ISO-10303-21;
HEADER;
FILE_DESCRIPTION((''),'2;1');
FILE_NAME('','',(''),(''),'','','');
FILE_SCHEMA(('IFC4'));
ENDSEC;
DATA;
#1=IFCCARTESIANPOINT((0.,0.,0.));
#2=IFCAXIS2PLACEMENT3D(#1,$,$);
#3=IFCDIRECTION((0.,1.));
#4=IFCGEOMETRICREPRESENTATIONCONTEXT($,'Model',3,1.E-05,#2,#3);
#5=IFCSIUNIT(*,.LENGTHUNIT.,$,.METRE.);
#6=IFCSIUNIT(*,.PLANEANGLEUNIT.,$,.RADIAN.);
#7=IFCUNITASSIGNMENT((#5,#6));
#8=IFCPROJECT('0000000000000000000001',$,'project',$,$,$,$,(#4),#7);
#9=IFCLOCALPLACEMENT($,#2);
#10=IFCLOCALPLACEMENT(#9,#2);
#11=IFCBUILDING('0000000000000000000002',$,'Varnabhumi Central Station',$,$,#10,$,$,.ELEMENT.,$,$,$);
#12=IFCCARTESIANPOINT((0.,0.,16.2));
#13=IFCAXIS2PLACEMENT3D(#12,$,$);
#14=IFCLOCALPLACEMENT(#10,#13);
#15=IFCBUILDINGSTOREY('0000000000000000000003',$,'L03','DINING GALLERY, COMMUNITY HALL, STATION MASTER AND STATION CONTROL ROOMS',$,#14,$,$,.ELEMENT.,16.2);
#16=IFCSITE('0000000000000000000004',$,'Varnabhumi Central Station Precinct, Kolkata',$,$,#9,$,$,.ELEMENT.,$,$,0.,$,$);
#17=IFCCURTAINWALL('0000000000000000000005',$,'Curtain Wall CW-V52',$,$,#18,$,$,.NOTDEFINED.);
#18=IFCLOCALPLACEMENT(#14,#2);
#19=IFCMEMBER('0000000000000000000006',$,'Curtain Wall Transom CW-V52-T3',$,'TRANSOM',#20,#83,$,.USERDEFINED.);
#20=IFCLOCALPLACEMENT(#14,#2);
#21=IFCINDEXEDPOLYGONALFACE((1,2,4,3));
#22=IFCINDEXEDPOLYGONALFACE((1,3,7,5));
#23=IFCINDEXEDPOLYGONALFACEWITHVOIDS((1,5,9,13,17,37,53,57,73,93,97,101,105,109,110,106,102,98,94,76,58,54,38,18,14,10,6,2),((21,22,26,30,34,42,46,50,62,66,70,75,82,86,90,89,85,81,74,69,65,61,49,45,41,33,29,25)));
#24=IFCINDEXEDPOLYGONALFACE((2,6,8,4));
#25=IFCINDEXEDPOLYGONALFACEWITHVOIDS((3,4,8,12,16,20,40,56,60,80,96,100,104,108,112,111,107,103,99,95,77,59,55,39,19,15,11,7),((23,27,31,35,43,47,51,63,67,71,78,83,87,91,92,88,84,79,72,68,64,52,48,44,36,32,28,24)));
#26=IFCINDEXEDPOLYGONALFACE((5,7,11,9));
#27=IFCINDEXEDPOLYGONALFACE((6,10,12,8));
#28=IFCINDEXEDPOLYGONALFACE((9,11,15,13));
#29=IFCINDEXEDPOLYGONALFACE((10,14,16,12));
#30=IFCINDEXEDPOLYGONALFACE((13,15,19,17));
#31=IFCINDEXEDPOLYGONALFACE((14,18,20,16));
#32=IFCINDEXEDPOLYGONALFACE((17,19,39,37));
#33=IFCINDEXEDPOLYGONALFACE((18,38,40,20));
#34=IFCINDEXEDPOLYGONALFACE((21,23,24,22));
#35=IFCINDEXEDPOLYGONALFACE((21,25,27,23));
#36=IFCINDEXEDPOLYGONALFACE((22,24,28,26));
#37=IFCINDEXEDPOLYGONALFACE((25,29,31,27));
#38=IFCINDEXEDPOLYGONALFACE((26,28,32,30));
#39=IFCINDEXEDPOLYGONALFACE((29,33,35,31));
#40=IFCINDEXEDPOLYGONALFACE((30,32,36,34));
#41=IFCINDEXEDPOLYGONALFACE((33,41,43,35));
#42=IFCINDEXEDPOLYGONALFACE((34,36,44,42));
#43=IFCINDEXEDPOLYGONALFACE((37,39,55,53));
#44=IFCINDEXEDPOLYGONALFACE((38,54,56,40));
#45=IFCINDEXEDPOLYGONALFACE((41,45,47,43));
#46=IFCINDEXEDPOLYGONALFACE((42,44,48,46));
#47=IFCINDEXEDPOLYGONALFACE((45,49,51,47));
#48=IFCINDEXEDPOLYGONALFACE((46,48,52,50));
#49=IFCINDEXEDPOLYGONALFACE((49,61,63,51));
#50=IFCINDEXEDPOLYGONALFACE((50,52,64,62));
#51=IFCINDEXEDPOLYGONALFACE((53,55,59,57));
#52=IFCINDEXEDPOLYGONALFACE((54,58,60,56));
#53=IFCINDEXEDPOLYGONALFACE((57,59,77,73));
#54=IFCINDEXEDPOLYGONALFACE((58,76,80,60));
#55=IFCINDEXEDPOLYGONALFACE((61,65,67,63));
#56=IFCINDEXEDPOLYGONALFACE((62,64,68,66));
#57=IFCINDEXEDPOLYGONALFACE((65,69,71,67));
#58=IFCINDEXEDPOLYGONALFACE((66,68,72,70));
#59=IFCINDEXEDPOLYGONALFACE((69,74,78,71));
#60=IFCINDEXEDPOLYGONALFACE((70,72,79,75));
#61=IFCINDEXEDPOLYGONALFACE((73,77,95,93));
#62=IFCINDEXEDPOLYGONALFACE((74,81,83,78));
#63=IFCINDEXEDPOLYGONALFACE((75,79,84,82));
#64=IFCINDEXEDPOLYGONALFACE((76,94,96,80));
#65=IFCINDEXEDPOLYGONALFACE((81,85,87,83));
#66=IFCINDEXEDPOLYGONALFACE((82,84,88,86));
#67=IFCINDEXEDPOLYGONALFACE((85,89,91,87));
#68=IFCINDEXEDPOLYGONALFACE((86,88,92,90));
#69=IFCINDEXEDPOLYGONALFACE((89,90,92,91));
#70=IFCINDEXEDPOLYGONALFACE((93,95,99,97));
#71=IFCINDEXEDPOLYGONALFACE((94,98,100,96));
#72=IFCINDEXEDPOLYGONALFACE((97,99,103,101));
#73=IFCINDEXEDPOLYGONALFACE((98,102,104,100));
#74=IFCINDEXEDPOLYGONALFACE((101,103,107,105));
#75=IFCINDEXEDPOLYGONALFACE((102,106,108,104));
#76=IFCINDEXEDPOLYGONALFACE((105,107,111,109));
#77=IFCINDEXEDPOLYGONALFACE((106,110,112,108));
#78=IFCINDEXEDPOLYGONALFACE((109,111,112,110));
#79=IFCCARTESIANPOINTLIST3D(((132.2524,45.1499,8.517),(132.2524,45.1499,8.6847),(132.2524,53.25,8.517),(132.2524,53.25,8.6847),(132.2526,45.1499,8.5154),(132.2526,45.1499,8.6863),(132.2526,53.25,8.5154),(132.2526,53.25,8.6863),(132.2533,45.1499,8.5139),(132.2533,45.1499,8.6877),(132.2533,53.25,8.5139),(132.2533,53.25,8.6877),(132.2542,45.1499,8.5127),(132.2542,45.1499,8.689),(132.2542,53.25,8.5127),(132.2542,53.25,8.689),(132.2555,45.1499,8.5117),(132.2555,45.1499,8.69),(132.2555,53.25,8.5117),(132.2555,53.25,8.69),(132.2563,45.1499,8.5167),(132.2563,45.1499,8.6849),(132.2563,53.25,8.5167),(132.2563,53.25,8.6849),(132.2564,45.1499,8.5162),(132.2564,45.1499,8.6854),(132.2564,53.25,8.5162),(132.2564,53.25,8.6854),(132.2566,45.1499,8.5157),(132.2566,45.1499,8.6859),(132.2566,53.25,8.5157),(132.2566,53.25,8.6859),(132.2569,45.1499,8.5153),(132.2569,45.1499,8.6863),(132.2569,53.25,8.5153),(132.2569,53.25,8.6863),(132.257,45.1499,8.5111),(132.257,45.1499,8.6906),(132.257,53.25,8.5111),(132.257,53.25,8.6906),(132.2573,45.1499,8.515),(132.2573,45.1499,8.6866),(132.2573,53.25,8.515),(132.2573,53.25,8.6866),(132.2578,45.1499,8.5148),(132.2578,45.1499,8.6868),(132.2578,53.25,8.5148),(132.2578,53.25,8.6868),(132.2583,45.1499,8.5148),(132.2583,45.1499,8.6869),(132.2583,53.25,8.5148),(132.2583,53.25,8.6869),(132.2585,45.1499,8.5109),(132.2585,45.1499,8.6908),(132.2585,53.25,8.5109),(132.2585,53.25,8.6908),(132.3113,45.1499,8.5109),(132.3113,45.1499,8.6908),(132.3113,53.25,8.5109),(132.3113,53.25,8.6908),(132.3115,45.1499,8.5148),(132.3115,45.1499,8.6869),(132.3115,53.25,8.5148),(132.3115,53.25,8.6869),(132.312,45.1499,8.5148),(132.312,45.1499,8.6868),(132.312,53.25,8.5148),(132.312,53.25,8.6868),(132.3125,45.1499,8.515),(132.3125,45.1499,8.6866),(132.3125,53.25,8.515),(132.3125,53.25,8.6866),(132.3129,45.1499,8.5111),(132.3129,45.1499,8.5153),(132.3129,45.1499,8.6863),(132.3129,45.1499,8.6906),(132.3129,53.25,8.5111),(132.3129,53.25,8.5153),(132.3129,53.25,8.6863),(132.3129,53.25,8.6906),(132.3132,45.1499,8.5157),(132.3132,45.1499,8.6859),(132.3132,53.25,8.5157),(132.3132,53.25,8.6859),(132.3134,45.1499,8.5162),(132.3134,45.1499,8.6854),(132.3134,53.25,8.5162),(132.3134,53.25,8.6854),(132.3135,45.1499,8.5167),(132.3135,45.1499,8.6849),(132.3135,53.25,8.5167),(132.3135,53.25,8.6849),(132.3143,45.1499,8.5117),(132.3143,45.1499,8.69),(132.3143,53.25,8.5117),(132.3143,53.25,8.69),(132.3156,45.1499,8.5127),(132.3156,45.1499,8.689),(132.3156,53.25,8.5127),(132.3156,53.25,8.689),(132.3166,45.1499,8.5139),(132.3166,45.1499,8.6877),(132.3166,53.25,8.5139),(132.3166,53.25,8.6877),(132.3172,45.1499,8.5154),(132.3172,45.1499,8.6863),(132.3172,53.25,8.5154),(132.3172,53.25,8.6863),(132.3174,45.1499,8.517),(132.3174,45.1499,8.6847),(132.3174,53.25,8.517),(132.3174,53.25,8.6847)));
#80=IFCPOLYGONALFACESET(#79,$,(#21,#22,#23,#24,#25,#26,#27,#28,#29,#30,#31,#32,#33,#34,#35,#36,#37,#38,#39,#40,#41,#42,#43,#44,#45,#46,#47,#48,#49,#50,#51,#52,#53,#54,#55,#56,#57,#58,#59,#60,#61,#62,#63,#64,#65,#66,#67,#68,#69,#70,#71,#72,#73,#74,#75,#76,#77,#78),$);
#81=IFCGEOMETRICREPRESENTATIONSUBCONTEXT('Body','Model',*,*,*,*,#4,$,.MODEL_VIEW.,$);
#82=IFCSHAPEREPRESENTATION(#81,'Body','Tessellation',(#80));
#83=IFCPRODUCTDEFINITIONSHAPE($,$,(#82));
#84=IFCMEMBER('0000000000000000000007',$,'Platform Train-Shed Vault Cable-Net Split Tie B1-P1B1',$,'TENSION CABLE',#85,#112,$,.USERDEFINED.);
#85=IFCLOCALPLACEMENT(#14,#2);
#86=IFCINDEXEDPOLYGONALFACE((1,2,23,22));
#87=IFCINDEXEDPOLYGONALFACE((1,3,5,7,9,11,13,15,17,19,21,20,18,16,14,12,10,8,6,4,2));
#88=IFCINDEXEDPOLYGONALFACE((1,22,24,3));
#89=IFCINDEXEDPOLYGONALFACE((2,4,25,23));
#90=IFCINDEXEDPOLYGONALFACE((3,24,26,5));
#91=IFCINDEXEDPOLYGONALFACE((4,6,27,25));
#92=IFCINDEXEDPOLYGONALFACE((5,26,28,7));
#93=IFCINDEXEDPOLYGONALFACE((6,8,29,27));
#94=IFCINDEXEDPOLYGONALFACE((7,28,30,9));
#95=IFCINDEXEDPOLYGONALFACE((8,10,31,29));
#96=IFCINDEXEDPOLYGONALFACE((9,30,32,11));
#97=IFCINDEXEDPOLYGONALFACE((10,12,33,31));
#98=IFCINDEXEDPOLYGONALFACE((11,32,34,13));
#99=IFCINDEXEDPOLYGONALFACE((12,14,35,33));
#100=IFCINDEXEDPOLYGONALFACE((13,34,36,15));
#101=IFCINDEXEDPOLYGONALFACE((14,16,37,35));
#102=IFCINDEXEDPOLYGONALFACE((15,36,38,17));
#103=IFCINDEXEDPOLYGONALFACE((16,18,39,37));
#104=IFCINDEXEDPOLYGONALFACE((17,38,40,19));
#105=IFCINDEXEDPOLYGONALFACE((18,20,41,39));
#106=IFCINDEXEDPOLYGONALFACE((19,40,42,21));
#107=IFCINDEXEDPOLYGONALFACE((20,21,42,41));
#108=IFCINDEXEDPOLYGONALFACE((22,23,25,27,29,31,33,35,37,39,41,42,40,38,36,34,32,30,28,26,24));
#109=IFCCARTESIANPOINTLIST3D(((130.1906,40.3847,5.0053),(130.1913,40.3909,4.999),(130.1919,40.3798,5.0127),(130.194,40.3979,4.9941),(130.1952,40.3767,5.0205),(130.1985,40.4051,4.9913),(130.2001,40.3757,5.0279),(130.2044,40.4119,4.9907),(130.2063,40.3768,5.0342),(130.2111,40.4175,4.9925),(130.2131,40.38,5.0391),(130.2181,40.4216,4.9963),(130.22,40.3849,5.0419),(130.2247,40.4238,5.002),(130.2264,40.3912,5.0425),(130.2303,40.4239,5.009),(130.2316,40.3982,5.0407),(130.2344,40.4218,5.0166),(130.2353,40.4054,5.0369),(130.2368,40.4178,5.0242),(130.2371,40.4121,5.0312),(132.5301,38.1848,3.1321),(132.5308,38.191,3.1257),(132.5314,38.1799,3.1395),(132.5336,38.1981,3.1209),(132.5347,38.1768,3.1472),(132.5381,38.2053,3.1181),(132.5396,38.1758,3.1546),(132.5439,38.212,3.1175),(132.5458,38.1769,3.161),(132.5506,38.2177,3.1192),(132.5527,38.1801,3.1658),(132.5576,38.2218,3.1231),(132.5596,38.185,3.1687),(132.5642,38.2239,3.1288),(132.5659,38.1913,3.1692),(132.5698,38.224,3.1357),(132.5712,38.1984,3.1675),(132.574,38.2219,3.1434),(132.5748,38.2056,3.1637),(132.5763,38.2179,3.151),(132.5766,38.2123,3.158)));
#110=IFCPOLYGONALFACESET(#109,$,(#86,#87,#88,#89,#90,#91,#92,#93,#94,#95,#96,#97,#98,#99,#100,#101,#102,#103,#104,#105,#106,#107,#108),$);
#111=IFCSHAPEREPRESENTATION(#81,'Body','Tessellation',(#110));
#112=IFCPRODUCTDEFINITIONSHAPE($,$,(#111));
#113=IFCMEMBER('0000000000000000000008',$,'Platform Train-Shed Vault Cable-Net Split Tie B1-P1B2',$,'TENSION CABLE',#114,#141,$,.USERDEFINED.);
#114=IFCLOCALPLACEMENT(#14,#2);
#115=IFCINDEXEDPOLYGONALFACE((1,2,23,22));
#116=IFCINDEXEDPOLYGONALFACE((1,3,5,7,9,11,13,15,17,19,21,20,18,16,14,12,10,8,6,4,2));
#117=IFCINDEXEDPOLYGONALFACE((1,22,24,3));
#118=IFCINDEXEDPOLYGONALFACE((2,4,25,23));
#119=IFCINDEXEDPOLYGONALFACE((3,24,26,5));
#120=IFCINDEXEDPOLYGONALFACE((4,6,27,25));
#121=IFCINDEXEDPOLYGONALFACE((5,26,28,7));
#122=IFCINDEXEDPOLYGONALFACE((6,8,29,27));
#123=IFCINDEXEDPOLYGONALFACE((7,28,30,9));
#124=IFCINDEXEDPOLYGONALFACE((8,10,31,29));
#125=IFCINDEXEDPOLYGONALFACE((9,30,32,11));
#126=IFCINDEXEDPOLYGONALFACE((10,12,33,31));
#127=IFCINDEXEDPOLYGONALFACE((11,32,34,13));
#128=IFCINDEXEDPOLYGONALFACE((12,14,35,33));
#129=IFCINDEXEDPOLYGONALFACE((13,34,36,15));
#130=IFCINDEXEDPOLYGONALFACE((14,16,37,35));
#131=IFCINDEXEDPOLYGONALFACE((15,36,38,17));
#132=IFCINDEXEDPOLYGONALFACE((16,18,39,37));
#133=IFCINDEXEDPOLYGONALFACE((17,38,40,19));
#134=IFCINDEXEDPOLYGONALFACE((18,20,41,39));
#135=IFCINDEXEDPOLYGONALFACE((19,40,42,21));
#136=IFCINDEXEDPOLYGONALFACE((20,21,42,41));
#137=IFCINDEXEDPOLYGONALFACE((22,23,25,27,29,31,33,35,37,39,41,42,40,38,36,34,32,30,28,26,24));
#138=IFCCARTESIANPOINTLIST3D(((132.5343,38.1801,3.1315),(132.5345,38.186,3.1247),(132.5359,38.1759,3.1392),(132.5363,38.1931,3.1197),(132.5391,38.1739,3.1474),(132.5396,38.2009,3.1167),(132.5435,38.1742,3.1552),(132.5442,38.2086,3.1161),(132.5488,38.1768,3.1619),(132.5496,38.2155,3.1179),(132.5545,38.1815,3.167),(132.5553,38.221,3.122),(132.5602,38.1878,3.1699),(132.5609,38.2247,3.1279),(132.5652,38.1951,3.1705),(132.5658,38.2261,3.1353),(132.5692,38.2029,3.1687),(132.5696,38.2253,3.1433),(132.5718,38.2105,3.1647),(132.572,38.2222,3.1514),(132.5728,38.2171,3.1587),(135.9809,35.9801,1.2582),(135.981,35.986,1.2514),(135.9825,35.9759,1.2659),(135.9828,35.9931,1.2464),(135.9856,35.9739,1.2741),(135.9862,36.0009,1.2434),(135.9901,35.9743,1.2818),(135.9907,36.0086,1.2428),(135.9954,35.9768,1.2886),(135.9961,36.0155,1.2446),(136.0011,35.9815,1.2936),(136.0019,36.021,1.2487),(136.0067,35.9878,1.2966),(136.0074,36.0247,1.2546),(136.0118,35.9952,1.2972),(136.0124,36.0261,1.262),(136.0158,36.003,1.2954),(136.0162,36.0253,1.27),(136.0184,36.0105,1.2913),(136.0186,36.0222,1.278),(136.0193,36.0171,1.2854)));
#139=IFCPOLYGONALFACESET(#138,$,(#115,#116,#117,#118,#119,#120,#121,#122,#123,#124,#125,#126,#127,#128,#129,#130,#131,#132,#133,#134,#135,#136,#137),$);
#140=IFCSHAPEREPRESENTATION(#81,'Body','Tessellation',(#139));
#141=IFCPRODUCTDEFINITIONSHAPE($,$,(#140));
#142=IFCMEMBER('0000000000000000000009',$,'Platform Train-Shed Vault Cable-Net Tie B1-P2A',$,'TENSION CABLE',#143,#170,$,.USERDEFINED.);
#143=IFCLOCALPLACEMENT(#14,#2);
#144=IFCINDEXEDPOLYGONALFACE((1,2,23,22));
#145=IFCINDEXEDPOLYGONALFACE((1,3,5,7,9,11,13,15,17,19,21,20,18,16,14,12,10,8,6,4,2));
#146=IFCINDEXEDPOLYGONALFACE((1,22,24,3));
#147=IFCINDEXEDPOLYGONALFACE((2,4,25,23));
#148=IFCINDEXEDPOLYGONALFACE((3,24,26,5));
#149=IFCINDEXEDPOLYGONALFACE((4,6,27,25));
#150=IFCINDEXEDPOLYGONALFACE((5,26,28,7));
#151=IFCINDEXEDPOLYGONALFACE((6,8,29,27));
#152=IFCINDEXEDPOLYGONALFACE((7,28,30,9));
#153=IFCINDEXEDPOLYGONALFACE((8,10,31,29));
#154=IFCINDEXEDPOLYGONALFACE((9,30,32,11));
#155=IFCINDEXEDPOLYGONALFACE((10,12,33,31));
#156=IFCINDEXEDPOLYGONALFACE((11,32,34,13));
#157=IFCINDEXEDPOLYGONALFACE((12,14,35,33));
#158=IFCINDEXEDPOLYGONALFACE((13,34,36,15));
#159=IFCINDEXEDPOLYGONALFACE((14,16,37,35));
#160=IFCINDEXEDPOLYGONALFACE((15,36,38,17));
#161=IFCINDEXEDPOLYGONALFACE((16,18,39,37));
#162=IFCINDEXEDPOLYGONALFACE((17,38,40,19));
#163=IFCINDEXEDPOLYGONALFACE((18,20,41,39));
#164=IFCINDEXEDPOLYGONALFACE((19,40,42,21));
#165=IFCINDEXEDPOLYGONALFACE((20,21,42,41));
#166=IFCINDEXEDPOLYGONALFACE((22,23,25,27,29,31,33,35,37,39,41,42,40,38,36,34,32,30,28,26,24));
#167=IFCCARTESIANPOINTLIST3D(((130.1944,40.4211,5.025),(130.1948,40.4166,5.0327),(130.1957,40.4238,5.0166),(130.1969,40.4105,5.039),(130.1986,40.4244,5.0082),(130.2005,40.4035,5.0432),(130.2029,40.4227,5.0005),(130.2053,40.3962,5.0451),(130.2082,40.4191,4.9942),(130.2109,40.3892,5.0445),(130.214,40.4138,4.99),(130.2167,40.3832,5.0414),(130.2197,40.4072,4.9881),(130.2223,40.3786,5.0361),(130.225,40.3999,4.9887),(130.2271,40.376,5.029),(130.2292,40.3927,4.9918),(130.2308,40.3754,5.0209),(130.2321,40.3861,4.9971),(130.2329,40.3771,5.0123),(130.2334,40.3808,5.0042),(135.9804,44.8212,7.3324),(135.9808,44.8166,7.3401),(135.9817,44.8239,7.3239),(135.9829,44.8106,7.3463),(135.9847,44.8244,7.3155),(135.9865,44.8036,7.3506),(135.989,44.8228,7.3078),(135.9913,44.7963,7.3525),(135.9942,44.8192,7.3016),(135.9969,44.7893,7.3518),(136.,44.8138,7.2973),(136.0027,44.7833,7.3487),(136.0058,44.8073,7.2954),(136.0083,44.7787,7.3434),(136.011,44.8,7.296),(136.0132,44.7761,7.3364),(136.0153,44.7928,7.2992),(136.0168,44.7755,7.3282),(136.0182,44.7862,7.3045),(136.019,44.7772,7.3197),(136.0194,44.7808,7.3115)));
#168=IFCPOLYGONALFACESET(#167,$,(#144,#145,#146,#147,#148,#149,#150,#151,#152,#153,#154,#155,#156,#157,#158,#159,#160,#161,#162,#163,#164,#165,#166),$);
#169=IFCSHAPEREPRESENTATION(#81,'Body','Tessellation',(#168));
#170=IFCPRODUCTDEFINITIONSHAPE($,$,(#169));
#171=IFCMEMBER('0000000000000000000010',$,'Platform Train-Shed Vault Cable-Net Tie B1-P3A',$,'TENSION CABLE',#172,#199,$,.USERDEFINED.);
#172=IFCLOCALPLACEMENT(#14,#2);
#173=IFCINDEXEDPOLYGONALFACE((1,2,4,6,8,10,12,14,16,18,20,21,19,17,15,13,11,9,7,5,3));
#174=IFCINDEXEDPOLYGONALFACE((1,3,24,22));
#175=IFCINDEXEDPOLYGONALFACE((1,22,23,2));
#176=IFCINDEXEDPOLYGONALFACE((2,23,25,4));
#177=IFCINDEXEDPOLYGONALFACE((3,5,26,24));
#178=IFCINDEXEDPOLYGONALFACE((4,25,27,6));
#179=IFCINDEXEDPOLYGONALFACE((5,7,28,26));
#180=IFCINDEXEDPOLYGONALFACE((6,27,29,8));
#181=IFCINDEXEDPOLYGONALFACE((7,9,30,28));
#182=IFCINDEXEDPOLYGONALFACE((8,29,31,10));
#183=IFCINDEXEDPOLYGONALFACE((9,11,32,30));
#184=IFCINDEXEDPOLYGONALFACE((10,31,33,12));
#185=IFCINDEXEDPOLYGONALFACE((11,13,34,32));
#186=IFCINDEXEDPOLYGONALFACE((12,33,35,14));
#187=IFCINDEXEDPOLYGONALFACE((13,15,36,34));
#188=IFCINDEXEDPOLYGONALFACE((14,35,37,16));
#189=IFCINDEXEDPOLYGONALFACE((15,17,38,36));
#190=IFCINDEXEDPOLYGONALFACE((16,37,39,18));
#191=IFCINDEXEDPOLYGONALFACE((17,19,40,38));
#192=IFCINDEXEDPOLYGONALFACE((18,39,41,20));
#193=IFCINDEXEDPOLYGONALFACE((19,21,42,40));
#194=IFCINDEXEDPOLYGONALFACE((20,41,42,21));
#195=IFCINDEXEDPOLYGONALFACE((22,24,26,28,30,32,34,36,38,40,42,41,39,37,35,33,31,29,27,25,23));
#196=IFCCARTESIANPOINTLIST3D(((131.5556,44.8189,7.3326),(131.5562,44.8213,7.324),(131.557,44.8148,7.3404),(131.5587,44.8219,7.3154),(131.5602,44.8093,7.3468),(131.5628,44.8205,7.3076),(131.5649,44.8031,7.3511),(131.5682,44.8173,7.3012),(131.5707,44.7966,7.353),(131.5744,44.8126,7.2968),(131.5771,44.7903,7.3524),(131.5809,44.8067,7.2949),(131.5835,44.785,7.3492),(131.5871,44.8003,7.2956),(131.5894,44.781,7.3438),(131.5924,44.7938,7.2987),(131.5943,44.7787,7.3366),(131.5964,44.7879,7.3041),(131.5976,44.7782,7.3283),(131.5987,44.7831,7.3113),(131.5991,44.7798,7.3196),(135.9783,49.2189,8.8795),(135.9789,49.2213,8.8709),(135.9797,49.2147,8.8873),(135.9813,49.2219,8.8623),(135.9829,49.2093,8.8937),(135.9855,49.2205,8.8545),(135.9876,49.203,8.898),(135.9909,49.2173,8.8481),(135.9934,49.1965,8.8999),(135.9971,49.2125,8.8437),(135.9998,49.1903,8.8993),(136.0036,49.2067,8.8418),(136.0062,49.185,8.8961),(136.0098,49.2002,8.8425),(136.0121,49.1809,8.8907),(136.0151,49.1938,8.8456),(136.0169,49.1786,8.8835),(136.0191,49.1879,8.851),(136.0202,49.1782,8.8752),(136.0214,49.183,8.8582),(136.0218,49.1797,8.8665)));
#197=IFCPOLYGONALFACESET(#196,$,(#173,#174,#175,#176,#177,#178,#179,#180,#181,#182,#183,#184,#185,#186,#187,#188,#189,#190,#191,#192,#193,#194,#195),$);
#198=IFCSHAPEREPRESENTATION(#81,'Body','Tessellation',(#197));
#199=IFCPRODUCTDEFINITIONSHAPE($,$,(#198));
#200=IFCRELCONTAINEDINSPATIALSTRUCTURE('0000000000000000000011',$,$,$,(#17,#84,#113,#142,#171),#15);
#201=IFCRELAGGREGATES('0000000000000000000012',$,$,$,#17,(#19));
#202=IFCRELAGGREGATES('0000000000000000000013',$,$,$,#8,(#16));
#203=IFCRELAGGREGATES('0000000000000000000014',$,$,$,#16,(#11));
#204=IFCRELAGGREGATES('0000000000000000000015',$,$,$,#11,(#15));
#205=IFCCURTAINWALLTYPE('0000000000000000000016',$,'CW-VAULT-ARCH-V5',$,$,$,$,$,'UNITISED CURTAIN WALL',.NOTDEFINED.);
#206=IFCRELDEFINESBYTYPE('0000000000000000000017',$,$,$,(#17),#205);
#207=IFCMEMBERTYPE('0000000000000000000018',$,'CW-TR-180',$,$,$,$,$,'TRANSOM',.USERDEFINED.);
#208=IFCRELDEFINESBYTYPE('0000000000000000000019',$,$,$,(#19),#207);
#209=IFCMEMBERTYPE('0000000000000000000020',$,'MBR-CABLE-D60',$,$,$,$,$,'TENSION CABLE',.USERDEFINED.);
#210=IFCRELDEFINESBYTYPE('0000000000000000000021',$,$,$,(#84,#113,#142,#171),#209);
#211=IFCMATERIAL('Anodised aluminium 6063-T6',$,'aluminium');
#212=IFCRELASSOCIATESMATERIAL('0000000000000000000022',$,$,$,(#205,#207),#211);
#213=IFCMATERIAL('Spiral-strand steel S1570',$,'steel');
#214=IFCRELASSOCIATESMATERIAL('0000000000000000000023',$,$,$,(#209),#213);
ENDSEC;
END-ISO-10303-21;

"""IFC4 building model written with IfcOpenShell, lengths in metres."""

from ifc_helpers import new_model, si_unit, direction, frame, origin, origin_2d, place, context, subcontext, project, spatial, hollow_rectangle, circle, extrude, material, material_profile, profile_set, type_object, element, aggregate, save


model = new_model("IFC4")

# Units and contexts
model_context = context("Model", 3, precision=1e-05, world=origin(), true_north=direction((0.0, 1.0)))
body_context = subcontext(model_context, "Body", "Model", "MODEL_VIEW")
ifc_project = project(units=[si_unit("LENGTHUNIT", "METRE"), si_unit("PLANEANGLEUNIT", "RADIAN")], contexts=[model_context])

# Site, building, storey
site_placement = place(None, origin())
site = spatial("IfcSite", under=ifc_project, at=site_placement, Name="Varnabhumi Central Station Precinct, Kolkata", CompositionType="ELEMENT", RefElevation=0.0)
building_placement = place(site_placement, origin())
building = spatial("IfcBuilding", under=site, at=building_placement, Name="Varnabhumi Central Station", CompositionType="ELEMENT")
storey_placement = place(building_placement, frame((0.0, 0.0, 16.2)))
storey = spatial("IfcBuildingStorey", under=building, at=storey_placement, Name="L03", Description="DINING GALLERY, COMMUNITY HALL, STATION MASTER AND STATION CONTROL ROOMS", CompositionType="ELEMENT", Elevation=16.2)

# Curtain wall, member
ifc_material_1 = material(Name="Anodised aluminium 6063-T6", Category="aluminium")
curtain_wall_type = type_object("IfcCurtainWallType", Name="CW-VAULT-ARCH-V5", ElementType="UNITISED CURTAIN WALL", PredefinedType="NOTDEFINED", material=ifc_material_1)
curtain_wall_1_placement = place(storey_placement, origin())
curtain_wall_1 = element("IfcCurtainWall", 1, at=curtain_wall_1_placement, inside=storey, type_object=curtain_wall_type, Name="Curtain Wall CW-V52", PredefinedType="NOTDEFINED")
ifc_material_profile_1 = material_profile(ifc_material_1, hollow_rectangle(XDim=0.0649, YDim=0.1799, WallThickness=0.0039, InnerFilletRadius=0.002, OuterFilletRadius=0.0061, at=origin_2d()), Name="Anodised aluminium 6063-T6", Category="aluminium")
ifc_profile_set_1 = profile_set([ifc_material_profile_1], Name="Anodised aluminium 6063-T6")
member_type_1 = type_object("IfcMemberType", Name="CW-TR-180", ElementType="TRANSOM", PredefinedType="USERDEFINED", material=ifc_profile_set_1)
member_1_placement = place(storey_placement, frame((132.2849, 45.1499, 8.6008), z_axis=(0.0, 1.0, 0.0), x_axis=(-1.0, 0.0, 0.0)))
member_1 = element("IfcMember", 2, at=member_1_placement, type_object=member_type_1, Name="Curtain Wall Transom CW-V52-T3", ObjectType="TRANSOM", PredefinedType="USERDEFINED", context=body_context, shape_type="SweptSolid", body=[
    extrude(hollow_rectangle(XDim=0.0649, YDim=0.1799, WallThickness=0.0039, InnerFilletRadius=0.002, OuterFilletRadius=0.0061, at=origin_2d()), origin(), (0.0, 0.0, 1.0), 8.1001),
])

# Members
ifc_material_2 = material(Name="Spiral-strand steel S1570", Category="steel")
ifc_material_profile_2 = material_profile(ifc_material_2, circle(Radius=0.03, at=origin_2d()), Name="Spiral-strand steel S1570", Category="steel")
ifc_profile_set_2 = profile_set([ifc_material_profile_2], Name="Spiral-strand steel S1570")
member_type_2 = type_object("IfcMemberType", Name="MBR-CABLE-D60", ElementType="TENSION CABLE", PredefinedType="USERDEFINED", material=ifc_profile_set_2)
member_2_placement = place(storey_placement, frame((130.2139, 40.3999, 5.0166), z_axis=(0.629281, -0.59172, -0.503858), x_axis=(0.68503, 0.728515, 0.0)))
element("IfcMember", 3, at=member_2_placement, inside=storey, type_object=member_type_2, Name="Platform Train-Shed Vault Cable-Net Split Tie B1-P1B1", ObjectType="TENSION CABLE", PredefinedType="USERDEFINED", context=body_context, shape_type="SweptSolid", body=[
    extrude(circle(Radius=0.03, at=origin_2d()), origin(), (0.0, 0.0, 1.0), 3.7178),
])
member_3_placement = place(storey_placement, frame((132.5535, 38.2, 3.1433), z_axis=(0.76632, -0.489149, -0.416517), x_axis=(0.538042, 0.842918, 0.0)))
element("IfcMember", 4, at=member_3_placement, inside=storey, type_object=member_type_2, Name="Platform Train-Shed Vault Cable-Net Split Tie B1-P1B2", ObjectType="TENSION CABLE", PredefinedType="USERDEFINED", context=body_context, shape_type="SweptSolid", body=[
    extrude(circle(Radius=0.03, at=origin_2d()), origin(), (0.0, 0.0, 1.0), 4.4976),
])
member_4_placement = place(storey_placement, frame((130.2139, 40.3999, 5.0166), z_axis=(0.758681, 0.576949, 0.302544), x_axis=(-0.605317, 0.795984, 0.0)))
element("IfcMember", 5, at=member_4_placement, inside=storey, type_object=member_type_2, Name="Platform Train-Shed Vault Cable-Net Tie B1-P2A", ObjectType="TENSION CABLE", PredefinedType="USERDEFINED", context=body_context, shape_type="SweptSolid", body=[
    extrude(circle(Radius=0.03, at=origin_2d()), origin(), (0.0, 0.0, 1.0), 7.6265),
])
member_5_placement = place(storey_placement, frame((131.5774, 44.8, 7.324), z_axis=(0.688087, 0.684554, 0.240669), x_axis=(-0.705285, 0.708924, 0.0)))
element("IfcMember", 6, at=member_5_placement, inside=storey, type_object=member_type_2, Name="Platform Train-Shed Vault Cable-Net Tie B1-P3A", ObjectType="TENSION CABLE", PredefinedType="USERDEFINED", context=body_context, shape_type="SweptSolid", body=[
    extrude(circle(Radius=0.03, at=origin_2d()), origin(), (0.0, 0.0, 1.0), 6.4275),
])

aggregate(curtain_wall_1, [member_1])

save(model, "model.ifc")
